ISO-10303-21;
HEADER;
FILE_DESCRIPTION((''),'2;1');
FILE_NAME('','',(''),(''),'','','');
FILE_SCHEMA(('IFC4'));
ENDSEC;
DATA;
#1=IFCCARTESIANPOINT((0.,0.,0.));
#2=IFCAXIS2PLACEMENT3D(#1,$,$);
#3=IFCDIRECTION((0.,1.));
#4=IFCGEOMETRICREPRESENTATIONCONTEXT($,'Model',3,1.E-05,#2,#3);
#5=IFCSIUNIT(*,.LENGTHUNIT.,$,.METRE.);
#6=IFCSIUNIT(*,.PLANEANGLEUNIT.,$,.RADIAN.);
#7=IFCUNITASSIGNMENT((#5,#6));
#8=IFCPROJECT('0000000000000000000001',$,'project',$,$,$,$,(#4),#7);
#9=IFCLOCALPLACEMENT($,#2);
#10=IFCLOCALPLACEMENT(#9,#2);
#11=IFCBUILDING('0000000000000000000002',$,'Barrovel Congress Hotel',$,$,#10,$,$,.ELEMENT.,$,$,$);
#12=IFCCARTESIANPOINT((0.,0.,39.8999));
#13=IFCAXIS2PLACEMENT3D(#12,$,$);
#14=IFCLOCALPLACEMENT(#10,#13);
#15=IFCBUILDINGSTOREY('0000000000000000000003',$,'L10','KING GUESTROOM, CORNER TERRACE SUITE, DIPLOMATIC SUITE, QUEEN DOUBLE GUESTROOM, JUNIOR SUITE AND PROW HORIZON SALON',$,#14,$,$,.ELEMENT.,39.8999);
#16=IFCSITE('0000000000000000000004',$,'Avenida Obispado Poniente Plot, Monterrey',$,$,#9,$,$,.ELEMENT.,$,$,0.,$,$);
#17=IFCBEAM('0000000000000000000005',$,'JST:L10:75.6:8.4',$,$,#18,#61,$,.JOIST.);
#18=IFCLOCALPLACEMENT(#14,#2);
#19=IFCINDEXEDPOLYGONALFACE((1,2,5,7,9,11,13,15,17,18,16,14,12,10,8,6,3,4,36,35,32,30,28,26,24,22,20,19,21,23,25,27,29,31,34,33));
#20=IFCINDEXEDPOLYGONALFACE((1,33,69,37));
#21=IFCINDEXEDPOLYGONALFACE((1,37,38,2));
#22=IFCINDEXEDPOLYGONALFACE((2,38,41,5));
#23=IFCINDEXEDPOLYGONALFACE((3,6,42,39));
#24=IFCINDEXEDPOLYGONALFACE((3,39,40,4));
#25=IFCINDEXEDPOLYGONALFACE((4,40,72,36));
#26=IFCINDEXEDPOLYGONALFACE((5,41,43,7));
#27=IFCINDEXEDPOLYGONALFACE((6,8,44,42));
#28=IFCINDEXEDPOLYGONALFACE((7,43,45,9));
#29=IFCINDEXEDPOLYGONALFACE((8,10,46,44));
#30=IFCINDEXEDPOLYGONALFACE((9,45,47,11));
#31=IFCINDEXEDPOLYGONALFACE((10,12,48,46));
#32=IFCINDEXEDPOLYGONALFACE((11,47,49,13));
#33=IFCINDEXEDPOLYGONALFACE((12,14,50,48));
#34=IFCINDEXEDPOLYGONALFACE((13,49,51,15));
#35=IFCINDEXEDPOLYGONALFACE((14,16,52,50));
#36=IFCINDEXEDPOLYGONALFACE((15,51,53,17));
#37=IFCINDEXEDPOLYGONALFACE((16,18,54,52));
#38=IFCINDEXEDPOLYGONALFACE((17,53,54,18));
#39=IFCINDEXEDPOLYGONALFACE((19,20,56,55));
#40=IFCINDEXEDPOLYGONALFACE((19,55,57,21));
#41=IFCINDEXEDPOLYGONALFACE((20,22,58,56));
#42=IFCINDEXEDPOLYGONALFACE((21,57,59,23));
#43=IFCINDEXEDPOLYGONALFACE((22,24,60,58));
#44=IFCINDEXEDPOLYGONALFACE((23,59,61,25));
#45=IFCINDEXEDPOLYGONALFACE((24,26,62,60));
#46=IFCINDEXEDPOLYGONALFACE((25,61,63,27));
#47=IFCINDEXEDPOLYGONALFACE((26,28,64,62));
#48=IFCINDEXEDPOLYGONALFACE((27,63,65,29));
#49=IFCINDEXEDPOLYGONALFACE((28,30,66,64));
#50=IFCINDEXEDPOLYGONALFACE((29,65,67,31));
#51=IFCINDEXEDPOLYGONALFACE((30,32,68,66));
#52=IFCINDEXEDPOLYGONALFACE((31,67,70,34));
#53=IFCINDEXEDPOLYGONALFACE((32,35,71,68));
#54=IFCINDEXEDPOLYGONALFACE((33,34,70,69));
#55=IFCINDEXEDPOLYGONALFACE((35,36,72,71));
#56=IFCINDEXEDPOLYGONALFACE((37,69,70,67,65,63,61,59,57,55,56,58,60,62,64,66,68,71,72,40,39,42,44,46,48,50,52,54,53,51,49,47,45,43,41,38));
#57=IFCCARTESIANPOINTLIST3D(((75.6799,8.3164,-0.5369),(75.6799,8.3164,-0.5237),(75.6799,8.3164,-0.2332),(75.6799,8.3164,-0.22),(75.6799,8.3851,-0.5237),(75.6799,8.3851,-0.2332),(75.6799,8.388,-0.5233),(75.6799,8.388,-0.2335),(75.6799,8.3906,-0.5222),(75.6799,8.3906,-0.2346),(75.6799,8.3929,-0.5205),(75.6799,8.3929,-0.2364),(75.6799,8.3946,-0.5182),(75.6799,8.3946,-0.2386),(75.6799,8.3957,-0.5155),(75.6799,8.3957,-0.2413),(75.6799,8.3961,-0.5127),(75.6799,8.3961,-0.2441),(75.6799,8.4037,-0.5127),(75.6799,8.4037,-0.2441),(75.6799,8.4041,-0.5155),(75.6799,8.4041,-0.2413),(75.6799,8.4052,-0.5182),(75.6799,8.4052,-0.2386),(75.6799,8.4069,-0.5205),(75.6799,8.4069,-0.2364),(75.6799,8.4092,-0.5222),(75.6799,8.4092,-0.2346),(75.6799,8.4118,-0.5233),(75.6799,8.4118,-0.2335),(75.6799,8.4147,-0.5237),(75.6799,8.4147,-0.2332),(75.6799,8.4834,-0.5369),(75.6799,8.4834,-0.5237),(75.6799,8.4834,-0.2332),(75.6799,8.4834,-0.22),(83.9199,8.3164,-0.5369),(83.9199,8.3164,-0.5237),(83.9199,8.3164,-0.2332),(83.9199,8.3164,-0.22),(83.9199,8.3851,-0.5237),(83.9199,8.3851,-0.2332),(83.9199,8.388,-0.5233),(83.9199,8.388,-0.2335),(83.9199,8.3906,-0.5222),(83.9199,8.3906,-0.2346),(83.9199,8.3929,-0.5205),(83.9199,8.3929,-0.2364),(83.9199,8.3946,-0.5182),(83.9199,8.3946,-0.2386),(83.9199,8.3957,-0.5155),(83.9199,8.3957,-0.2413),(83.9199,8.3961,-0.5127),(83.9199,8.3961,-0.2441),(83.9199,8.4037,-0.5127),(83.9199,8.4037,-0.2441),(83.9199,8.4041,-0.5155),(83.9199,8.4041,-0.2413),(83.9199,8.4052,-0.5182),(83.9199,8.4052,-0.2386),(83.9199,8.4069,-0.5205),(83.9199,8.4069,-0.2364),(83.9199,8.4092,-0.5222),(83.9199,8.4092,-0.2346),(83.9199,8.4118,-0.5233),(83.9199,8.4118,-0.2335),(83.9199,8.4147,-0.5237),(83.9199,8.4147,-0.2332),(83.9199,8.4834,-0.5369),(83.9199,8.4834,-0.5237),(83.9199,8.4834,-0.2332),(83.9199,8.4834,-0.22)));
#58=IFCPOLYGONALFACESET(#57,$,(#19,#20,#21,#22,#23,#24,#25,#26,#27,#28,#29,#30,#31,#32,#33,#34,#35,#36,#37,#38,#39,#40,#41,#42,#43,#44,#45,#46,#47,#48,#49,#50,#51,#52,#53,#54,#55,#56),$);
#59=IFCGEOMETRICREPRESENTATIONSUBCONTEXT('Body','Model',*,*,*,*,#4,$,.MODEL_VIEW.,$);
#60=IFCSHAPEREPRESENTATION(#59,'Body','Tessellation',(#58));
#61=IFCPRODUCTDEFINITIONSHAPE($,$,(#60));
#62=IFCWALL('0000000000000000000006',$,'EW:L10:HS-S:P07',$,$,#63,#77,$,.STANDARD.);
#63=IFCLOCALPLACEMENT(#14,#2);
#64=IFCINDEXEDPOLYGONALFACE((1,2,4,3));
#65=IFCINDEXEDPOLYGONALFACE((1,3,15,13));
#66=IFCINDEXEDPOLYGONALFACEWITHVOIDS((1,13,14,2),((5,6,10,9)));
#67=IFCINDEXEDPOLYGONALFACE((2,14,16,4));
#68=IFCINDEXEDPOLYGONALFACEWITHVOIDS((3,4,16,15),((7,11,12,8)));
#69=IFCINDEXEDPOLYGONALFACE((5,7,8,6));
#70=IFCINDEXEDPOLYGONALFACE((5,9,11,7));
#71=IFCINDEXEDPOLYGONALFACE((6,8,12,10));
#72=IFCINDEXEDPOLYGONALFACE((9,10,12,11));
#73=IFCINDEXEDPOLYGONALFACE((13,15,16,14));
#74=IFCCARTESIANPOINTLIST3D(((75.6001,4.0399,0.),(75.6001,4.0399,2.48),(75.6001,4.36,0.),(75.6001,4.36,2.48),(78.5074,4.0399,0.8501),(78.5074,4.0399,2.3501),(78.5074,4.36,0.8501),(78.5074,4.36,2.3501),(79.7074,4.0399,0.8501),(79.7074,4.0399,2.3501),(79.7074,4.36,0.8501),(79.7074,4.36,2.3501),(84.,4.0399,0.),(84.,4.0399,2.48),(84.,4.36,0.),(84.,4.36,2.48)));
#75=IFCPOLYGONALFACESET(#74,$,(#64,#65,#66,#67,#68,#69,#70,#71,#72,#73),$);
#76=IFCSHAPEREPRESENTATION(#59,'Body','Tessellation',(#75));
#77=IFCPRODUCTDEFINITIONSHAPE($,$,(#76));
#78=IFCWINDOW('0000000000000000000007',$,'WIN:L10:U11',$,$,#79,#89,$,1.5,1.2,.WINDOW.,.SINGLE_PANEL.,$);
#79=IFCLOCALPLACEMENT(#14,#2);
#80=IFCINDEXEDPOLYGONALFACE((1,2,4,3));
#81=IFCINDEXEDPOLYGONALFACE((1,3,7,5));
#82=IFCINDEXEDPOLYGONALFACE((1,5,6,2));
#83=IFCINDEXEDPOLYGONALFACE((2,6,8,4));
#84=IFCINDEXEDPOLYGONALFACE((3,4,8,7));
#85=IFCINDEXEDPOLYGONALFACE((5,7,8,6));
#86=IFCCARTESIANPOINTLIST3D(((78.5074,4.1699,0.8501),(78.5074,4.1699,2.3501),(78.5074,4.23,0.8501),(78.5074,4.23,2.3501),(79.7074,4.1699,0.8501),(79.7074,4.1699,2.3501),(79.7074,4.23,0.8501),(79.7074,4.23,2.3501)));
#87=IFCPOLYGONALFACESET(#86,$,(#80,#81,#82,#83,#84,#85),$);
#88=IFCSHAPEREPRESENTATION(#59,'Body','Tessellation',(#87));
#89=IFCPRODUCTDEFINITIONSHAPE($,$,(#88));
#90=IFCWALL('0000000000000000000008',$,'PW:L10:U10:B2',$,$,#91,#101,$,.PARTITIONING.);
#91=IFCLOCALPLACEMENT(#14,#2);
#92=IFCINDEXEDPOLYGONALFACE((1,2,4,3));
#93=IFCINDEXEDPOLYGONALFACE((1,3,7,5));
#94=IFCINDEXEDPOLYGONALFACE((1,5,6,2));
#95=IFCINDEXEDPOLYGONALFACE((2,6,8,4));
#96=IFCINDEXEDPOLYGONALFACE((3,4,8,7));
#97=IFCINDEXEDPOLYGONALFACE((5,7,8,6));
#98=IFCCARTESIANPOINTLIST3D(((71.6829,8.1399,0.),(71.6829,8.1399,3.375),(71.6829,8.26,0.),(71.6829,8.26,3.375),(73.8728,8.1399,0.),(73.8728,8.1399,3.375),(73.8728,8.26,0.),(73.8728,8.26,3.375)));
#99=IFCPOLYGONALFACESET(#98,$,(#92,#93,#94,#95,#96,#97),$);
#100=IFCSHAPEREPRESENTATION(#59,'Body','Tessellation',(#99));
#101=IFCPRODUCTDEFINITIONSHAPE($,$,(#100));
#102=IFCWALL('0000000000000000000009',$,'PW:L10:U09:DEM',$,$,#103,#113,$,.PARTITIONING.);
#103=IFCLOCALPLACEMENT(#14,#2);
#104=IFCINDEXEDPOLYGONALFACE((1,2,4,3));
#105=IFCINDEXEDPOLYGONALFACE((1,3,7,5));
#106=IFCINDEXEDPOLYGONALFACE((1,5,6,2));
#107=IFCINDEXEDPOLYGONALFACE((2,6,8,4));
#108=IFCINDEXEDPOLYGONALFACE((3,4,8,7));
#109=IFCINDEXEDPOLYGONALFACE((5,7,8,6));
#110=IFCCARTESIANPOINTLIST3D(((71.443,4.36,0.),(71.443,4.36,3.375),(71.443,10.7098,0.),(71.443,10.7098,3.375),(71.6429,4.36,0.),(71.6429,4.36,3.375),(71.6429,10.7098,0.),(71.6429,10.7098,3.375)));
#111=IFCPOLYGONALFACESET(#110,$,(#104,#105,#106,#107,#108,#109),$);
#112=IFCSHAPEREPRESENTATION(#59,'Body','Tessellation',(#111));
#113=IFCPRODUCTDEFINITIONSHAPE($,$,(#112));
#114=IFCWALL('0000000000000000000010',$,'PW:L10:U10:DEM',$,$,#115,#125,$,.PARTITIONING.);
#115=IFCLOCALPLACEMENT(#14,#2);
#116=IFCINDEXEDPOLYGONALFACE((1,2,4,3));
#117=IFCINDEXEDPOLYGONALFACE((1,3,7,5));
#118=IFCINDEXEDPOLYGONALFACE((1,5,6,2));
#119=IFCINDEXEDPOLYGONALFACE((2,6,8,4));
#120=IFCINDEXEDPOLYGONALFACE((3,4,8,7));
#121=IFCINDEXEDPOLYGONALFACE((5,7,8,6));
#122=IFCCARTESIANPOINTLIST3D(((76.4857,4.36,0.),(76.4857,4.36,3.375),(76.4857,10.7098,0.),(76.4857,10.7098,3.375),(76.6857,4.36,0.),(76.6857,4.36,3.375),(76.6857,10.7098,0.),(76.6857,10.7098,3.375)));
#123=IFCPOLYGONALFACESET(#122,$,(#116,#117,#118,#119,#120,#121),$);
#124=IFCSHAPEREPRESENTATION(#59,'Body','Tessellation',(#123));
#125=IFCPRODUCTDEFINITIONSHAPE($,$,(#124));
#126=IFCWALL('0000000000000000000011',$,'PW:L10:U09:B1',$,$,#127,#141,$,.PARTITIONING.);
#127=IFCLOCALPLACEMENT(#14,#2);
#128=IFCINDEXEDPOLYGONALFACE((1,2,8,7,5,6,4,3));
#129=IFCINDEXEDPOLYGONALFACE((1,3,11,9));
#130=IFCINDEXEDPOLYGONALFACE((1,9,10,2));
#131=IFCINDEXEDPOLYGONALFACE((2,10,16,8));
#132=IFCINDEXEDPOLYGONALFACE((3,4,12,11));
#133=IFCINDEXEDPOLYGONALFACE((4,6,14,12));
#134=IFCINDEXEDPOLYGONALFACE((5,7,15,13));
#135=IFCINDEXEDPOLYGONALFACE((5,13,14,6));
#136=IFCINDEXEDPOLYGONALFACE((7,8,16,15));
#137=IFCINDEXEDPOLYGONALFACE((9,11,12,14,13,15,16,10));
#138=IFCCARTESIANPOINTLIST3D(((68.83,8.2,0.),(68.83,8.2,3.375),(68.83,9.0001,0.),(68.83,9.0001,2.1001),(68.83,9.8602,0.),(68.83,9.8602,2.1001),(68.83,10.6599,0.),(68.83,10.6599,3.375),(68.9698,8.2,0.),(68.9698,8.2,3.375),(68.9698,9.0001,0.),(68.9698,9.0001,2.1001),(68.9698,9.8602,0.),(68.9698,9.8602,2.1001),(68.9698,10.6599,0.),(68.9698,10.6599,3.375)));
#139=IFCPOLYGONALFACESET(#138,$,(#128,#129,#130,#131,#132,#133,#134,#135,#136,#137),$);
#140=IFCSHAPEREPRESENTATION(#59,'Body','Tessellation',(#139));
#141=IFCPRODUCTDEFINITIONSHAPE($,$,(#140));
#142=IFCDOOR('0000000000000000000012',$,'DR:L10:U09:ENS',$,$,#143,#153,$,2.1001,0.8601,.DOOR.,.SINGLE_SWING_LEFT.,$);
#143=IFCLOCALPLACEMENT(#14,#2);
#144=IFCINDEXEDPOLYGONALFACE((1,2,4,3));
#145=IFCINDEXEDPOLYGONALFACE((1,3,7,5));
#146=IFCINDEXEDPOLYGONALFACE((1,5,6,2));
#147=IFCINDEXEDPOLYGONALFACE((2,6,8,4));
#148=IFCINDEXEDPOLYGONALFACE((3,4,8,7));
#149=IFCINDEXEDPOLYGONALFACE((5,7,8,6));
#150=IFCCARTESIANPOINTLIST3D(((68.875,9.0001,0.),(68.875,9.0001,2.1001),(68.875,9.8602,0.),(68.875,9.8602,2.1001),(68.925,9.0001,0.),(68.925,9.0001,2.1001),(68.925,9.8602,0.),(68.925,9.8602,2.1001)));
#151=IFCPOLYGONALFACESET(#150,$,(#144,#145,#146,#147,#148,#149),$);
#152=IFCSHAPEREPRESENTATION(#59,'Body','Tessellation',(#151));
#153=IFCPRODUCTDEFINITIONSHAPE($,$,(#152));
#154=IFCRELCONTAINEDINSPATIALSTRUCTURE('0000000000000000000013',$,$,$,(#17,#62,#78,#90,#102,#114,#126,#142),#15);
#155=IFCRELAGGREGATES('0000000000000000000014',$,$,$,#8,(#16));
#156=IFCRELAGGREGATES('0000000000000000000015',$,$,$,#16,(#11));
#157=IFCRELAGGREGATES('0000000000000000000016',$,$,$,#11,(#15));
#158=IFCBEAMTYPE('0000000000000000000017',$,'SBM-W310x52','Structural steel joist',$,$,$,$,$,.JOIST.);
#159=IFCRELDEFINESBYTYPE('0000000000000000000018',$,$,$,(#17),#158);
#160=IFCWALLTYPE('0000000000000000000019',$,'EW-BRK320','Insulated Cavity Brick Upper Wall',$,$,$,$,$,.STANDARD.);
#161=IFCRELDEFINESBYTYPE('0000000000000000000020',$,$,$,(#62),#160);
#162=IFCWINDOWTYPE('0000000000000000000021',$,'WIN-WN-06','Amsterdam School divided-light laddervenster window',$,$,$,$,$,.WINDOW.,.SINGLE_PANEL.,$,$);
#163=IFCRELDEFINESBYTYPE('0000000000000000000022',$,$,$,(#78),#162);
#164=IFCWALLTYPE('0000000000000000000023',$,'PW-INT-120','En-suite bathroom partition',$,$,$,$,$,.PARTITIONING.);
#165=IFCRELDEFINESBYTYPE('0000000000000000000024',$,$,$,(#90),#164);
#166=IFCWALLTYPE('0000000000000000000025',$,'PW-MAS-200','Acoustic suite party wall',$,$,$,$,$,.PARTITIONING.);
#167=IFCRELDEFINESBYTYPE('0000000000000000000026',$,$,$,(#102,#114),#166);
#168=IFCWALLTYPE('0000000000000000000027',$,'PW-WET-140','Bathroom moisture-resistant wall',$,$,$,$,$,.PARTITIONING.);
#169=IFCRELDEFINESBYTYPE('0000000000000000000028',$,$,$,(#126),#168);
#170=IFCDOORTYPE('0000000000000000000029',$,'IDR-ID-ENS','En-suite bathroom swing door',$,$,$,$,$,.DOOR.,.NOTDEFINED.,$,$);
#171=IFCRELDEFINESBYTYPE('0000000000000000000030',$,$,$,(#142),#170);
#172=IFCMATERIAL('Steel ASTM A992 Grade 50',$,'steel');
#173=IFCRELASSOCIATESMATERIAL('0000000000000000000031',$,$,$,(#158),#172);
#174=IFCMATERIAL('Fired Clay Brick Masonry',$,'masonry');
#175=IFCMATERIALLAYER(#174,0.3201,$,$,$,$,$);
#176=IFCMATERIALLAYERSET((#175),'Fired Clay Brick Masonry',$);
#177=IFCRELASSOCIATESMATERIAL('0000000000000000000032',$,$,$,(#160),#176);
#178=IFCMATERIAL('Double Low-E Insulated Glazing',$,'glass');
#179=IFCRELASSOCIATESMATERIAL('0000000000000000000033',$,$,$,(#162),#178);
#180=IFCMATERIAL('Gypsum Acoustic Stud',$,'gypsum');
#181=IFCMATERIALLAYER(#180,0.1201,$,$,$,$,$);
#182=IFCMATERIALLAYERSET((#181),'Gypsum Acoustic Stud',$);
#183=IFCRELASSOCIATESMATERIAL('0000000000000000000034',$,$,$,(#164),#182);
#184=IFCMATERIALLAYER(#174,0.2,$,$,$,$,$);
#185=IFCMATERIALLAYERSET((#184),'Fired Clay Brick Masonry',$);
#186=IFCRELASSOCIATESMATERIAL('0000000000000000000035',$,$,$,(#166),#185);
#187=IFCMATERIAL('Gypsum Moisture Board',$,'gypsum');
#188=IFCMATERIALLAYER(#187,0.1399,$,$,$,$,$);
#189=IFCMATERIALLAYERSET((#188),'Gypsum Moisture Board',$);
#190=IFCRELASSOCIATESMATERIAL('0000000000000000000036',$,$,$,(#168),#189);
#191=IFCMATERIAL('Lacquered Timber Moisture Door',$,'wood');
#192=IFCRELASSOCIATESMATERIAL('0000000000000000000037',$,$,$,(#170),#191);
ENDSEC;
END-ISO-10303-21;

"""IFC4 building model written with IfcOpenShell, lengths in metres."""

from ifc_helpers import new_model, si_unit, direction, frame, frame_2d, origin, origin_2d, place, context, subcontext, project, spatial, rectangle, i_section, extrude, material, layer, layer_set, material_profile, profile_set, type_object, element, fill, save


model = new_model("IFC4")

# Units and contexts
model_context = context("Model", 3, precision=1e-05, world=origin(), true_north=direction((0.0, 1.0)))
body_context = subcontext(model_context, "Body", "Model", "MODEL_VIEW")
ifc_project = project(units=[si_unit("LENGTHUNIT", "METRE"), si_unit("PLANEANGLEUNIT", "RADIAN")], contexts=[model_context])

# Site, building, storey
site_placement = place(None, origin())
site = spatial("IfcSite", under=ifc_project, at=site_placement, Name="Avenida Obispado Poniente Plot, Monterrey", CompositionType="ELEMENT", RefElevation=0.0)
building_placement = place(site_placement, origin())
building = spatial("IfcBuilding", under=site, at=building_placement, Name="Barrovel Congress Hotel", CompositionType="ELEMENT")
storey_placement = place(building_placement, frame((0.0, 0.0, 39.8999)))
storey = spatial("IfcBuildingStorey", under=building, at=storey_placement, Name="L10", Description="KING GUESTROOM, CORNER TERRACE SUITE, DIPLOMATIC SUITE, QUEEN DOUBLE GUESTROOM, JUNIOR SUITE AND PROW HORIZON SALON", CompositionType="ELEMENT", Elevation=39.8999)

# Beam
ifc_material_1 = material(Name="Steel ASTM A992 Grade 50", Category="steel")
ifc_material_profile_1 = material_profile(ifc_material_1, i_section(OverallWidth=0.167, OverallDepth=0.3169, WebThickness=0.0076, FlangeThickness=0.0132, FilletRadius=0.011, at=origin_2d()), Name="W310x52")
ifc_profile_set_1 = profile_set([ifc_material_profile_1], Name="Steel ASTM A992 Grade 50")
beam_type_1 = type_object("IfcBeamType", Name="SBM-W310x52", Description="Structural steel joist", PredefinedType="JOIST", material=ifc_profile_set_1)
beam_1_placement = place(storey_placement, frame((75.6799, 8.3999, -0.3784), z_axis=(1.0, 0.0, 0.0), x_axis=(0.0, 1.0, 0.0)))
element("IfcBeam", 1, at=beam_1_placement, inside=storey, type_object=beam_type_1, Name="JST:L10:75.6:8.4", PredefinedType="JOIST", context=body_context, shape_type="SweptSolid", body=[
    extrude(i_section(OverallWidth=0.167, OverallDepth=0.3169, WebThickness=0.0076, FlangeThickness=0.0132, FilletRadius=0.011, at=origin_2d()), origin(), (0.0, 0.0, 1.0), 8.24),
])

# Wall, opening, window
ifc_material_2 = material(Name="Fired Clay Brick Masonry", Category="masonry")
ifc_layer_1 = layer(ifc_material_2, 0.3201)
ifc_layer_set_1 = layer_set([ifc_layer_1], Name="Fired Clay Brick Masonry")
wall_type_1 = type_object("IfcWallType", Name="EW-BRK320", Description="Insulated Cavity Brick Upper Wall", PredefinedType="STANDARD", material=ifc_layer_set_1)
wall_1_placement = place(storey_placement, frame((75.6001, 4.2, 0.0), z_axis=(0.0, 0.0, 1.0), x_axis=(1.0, 0.0, 0.0)))
wall_1 = element("IfcWall", 2, at=wall_1_placement, inside=storey, type_object=wall_type_1, Name="EW:L10:HS-S:P07", PredefinedType="STANDARD", context=body_context, shape_type="SweptSolid", body=[
    extrude(rectangle(XDim=8.3999, YDim=0.3201, at=frame_2d((4.2, 0.0))), origin(), (0.0, 0.0, 1.0), 2.48),
])
opening_1_placement = place(wall_1_placement, frame((2.9072, 0.0, 0.8501)))
opening_1 = element("IfcOpeningElement", 3, at=opening_1_placement, cuts=wall_1, PredefinedType="OPENING", context=body_context, shape_type="SweptSolid", body=[
    extrude(rectangle(XDim=1.2, YDim=1.5, at=frame_2d((0.6001, 0.75))), frame((0.0, 0.1699, 0.0), z_axis=(0.0, -1.0, 0.0), x_axis=(1.0, 0.0, 0.0)), (0.0, 0.0, 1.0), 0.3401),
])
ifc_material_3 = material(Name="Double Low-E Insulated Glazing", Category="glass")
window_type = type_object("IfcWindowType", Name="WIN-WN-06", Description="Amsterdam School divided-light laddervenster window", PartitioningType="SINGLE_PANEL", PredefinedType="WINDOW", material=ifc_material_3)
window_placement = place(opening_1_placement, origin())
window = element("IfcWindow", 4, at=window_placement, inside=storey, type_object=window_type, Name="WIN:L10:U11", OverallHeight=1.5, OverallWidth=1.2, PartitioningType="SINGLE_PANEL", PredefinedType="WINDOW", context=body_context, shape_type="SweptSolid", body=[
    extrude(rectangle(XDim=1.2, YDim=1.5, at=frame_2d((0.6001, 0.75))), frame((0.0, 0.03, 0.0), z_axis=(0.0, -1.0, 0.0), x_axis=(1.0, 0.0, 0.0)), (0.0, 0.0, 1.0), 0.0601),
])
fill(opening_1, window)

# Shared definitions
ifc_material_4 = material(Name="Gypsum Acoustic Stud", Category="gypsum")

# Walls
ifc_layer_2 = layer(ifc_material_4, 0.1201)
ifc_layer_set_2 = layer_set([ifc_layer_2], Name="Gypsum Acoustic Stud")
wall_type_2 = type_object("IfcWallType", Name="PW-INT-120", Description="En-suite bathroom partition", PredefinedType="PARTITIONING", material=ifc_layer_set_2)
wall_2_placement = place(storey_placement, frame((71.6829, 8.2, 0.0), z_axis=(0.0, 0.0, 1.0), x_axis=(1.0, 0.0, 0.0)))
element("IfcWall", 5, at=wall_2_placement, inside=storey, type_object=wall_type_2, Name="PW:L10:U10:B2", PredefinedType="PARTITIONING", context=body_context, shape_type="SweptSolid", body=[
    extrude(rectangle(XDim=2.1899, YDim=0.1201, at=frame_2d((1.095, 0.0))), origin(), (0.0, 0.0, 1.0), 3.375),
])
ifc_layer_3 = layer(ifc_material_2, 0.2)
ifc_layer_set_3 = layer_set([ifc_layer_3], Name="Fired Clay Brick Masonry")
wall_type_3 = type_object("IfcWallType", Name="PW-MAS-200", Description="Acoustic suite party wall", PredefinedType="PARTITIONING", material=ifc_layer_set_3)
for number, where, z_axis, x_axis, name in (
    (6, (71.543, 4.3601, 0.0), (0.0, 0.0, 1.0), (0.0, 1.0, 0.0), "PW:L10:U09:DEM"),
    (7, (76.5857, 4.3601, 0.0), (0.0, 0.0, 1.0), (0.0, 1.0, 0.0), "PW:L10:U10:DEM"),
):
    element("IfcWall", number, at=place(storey_placement, frame(where, z_axis=z_axis, x_axis=x_axis)), inside=storey, type_object=wall_type_3, Name=name, PredefinedType="PARTITIONING", context=body_context, shape_type="SweptSolid", body=[
        extrude(rectangle(XDim=6.3499, YDim=0.2, at=frame_2d((3.1748, 0.0))), origin(), (0.0, 0.0, 1.0), 3.375),
    ])

# Wall, opening, door
ifc_material_5 = material(Name="Gypsum Moisture Board", Category="gypsum")
ifc_layer_4 = layer(ifc_material_5, 0.1399)
ifc_layer_set_4 = layer_set([ifc_layer_4], Name="Gypsum Moisture Board")
wall_type_4 = type_object("IfcWallType", Name="PW-WET-140", Description="Bathroom moisture-resistant wall", PredefinedType="PARTITIONING", material=ifc_layer_set_4)
wall_3_placement = place(storey_placement, frame((68.8999, 8.2, 0.0), z_axis=(0.0, 0.0, 1.0), x_axis=(0.0, 1.0, 0.0)))
wall_3 = element("IfcWall", 8, at=wall_3_placement, inside=storey, type_object=wall_type_4, Name="PW:L10:U09:B1", PredefinedType="PARTITIONING", context=body_context, shape_type="SweptSolid", body=[
    extrude(rectangle(XDim=2.46, YDim=0.1399, at=frame_2d((1.23, 0.0))), origin(), (0.0, 0.0, 1.0), 3.375),
])
opening_2_placement = place(wall_3_placement, frame((0.8, 0.0, 0.0)))
opening_2 = element("IfcOpeningElement", 9, at=opening_2_placement, cuts=wall_3, PredefinedType="OPENING", context=body_context, shape_type="SweptSolid", body=[
    extrude(rectangle(XDim=0.8601, YDim=2.1001, at=frame_2d((0.4302, 1.05))), frame((0.0, 0.0801, 0.0), z_axis=(0.0, -1.0, 0.0), x_axis=(1.0, 0.0, 0.0)), (0.0, 0.0, 1.0), 0.1599),
])
ifc_material_6 = material(Name="Lacquered Timber Moisture Door", Category="wood")
door_type_1 = type_object("IfcDoorType", Name="IDR-ID-ENS", Description="En-suite bathroom swing door", OperationType="NOTDEFINED", PredefinedType="DOOR", material=ifc_material_6)
door_1_placement = place(opening_2_placement, origin())
door_1 = element("IfcDoor", 10, at=door_1_placement, inside=storey, type_object=door_type_1, Name="DR:L10:U09:ENS", OperationType="SINGLE_SWING_LEFT", OverallHeight=2.1001, OverallWidth=0.8601, PredefinedType="DOOR", context=body_context, shape_type="SweptSolid", body=[
    extrude(rectangle(XDim=0.8601, YDim=2.1001, at=frame_2d((0.4302, 1.05))), frame((0.0, 0.0249, 0.0), z_axis=(0.0, -1.0, 0.0), x_axis=(1.0, 0.0, 0.0)), (0.0, 0.0, 1.0), 0.05),
])
fill(opening_2, door_1)

save(model, "model.ifc")
